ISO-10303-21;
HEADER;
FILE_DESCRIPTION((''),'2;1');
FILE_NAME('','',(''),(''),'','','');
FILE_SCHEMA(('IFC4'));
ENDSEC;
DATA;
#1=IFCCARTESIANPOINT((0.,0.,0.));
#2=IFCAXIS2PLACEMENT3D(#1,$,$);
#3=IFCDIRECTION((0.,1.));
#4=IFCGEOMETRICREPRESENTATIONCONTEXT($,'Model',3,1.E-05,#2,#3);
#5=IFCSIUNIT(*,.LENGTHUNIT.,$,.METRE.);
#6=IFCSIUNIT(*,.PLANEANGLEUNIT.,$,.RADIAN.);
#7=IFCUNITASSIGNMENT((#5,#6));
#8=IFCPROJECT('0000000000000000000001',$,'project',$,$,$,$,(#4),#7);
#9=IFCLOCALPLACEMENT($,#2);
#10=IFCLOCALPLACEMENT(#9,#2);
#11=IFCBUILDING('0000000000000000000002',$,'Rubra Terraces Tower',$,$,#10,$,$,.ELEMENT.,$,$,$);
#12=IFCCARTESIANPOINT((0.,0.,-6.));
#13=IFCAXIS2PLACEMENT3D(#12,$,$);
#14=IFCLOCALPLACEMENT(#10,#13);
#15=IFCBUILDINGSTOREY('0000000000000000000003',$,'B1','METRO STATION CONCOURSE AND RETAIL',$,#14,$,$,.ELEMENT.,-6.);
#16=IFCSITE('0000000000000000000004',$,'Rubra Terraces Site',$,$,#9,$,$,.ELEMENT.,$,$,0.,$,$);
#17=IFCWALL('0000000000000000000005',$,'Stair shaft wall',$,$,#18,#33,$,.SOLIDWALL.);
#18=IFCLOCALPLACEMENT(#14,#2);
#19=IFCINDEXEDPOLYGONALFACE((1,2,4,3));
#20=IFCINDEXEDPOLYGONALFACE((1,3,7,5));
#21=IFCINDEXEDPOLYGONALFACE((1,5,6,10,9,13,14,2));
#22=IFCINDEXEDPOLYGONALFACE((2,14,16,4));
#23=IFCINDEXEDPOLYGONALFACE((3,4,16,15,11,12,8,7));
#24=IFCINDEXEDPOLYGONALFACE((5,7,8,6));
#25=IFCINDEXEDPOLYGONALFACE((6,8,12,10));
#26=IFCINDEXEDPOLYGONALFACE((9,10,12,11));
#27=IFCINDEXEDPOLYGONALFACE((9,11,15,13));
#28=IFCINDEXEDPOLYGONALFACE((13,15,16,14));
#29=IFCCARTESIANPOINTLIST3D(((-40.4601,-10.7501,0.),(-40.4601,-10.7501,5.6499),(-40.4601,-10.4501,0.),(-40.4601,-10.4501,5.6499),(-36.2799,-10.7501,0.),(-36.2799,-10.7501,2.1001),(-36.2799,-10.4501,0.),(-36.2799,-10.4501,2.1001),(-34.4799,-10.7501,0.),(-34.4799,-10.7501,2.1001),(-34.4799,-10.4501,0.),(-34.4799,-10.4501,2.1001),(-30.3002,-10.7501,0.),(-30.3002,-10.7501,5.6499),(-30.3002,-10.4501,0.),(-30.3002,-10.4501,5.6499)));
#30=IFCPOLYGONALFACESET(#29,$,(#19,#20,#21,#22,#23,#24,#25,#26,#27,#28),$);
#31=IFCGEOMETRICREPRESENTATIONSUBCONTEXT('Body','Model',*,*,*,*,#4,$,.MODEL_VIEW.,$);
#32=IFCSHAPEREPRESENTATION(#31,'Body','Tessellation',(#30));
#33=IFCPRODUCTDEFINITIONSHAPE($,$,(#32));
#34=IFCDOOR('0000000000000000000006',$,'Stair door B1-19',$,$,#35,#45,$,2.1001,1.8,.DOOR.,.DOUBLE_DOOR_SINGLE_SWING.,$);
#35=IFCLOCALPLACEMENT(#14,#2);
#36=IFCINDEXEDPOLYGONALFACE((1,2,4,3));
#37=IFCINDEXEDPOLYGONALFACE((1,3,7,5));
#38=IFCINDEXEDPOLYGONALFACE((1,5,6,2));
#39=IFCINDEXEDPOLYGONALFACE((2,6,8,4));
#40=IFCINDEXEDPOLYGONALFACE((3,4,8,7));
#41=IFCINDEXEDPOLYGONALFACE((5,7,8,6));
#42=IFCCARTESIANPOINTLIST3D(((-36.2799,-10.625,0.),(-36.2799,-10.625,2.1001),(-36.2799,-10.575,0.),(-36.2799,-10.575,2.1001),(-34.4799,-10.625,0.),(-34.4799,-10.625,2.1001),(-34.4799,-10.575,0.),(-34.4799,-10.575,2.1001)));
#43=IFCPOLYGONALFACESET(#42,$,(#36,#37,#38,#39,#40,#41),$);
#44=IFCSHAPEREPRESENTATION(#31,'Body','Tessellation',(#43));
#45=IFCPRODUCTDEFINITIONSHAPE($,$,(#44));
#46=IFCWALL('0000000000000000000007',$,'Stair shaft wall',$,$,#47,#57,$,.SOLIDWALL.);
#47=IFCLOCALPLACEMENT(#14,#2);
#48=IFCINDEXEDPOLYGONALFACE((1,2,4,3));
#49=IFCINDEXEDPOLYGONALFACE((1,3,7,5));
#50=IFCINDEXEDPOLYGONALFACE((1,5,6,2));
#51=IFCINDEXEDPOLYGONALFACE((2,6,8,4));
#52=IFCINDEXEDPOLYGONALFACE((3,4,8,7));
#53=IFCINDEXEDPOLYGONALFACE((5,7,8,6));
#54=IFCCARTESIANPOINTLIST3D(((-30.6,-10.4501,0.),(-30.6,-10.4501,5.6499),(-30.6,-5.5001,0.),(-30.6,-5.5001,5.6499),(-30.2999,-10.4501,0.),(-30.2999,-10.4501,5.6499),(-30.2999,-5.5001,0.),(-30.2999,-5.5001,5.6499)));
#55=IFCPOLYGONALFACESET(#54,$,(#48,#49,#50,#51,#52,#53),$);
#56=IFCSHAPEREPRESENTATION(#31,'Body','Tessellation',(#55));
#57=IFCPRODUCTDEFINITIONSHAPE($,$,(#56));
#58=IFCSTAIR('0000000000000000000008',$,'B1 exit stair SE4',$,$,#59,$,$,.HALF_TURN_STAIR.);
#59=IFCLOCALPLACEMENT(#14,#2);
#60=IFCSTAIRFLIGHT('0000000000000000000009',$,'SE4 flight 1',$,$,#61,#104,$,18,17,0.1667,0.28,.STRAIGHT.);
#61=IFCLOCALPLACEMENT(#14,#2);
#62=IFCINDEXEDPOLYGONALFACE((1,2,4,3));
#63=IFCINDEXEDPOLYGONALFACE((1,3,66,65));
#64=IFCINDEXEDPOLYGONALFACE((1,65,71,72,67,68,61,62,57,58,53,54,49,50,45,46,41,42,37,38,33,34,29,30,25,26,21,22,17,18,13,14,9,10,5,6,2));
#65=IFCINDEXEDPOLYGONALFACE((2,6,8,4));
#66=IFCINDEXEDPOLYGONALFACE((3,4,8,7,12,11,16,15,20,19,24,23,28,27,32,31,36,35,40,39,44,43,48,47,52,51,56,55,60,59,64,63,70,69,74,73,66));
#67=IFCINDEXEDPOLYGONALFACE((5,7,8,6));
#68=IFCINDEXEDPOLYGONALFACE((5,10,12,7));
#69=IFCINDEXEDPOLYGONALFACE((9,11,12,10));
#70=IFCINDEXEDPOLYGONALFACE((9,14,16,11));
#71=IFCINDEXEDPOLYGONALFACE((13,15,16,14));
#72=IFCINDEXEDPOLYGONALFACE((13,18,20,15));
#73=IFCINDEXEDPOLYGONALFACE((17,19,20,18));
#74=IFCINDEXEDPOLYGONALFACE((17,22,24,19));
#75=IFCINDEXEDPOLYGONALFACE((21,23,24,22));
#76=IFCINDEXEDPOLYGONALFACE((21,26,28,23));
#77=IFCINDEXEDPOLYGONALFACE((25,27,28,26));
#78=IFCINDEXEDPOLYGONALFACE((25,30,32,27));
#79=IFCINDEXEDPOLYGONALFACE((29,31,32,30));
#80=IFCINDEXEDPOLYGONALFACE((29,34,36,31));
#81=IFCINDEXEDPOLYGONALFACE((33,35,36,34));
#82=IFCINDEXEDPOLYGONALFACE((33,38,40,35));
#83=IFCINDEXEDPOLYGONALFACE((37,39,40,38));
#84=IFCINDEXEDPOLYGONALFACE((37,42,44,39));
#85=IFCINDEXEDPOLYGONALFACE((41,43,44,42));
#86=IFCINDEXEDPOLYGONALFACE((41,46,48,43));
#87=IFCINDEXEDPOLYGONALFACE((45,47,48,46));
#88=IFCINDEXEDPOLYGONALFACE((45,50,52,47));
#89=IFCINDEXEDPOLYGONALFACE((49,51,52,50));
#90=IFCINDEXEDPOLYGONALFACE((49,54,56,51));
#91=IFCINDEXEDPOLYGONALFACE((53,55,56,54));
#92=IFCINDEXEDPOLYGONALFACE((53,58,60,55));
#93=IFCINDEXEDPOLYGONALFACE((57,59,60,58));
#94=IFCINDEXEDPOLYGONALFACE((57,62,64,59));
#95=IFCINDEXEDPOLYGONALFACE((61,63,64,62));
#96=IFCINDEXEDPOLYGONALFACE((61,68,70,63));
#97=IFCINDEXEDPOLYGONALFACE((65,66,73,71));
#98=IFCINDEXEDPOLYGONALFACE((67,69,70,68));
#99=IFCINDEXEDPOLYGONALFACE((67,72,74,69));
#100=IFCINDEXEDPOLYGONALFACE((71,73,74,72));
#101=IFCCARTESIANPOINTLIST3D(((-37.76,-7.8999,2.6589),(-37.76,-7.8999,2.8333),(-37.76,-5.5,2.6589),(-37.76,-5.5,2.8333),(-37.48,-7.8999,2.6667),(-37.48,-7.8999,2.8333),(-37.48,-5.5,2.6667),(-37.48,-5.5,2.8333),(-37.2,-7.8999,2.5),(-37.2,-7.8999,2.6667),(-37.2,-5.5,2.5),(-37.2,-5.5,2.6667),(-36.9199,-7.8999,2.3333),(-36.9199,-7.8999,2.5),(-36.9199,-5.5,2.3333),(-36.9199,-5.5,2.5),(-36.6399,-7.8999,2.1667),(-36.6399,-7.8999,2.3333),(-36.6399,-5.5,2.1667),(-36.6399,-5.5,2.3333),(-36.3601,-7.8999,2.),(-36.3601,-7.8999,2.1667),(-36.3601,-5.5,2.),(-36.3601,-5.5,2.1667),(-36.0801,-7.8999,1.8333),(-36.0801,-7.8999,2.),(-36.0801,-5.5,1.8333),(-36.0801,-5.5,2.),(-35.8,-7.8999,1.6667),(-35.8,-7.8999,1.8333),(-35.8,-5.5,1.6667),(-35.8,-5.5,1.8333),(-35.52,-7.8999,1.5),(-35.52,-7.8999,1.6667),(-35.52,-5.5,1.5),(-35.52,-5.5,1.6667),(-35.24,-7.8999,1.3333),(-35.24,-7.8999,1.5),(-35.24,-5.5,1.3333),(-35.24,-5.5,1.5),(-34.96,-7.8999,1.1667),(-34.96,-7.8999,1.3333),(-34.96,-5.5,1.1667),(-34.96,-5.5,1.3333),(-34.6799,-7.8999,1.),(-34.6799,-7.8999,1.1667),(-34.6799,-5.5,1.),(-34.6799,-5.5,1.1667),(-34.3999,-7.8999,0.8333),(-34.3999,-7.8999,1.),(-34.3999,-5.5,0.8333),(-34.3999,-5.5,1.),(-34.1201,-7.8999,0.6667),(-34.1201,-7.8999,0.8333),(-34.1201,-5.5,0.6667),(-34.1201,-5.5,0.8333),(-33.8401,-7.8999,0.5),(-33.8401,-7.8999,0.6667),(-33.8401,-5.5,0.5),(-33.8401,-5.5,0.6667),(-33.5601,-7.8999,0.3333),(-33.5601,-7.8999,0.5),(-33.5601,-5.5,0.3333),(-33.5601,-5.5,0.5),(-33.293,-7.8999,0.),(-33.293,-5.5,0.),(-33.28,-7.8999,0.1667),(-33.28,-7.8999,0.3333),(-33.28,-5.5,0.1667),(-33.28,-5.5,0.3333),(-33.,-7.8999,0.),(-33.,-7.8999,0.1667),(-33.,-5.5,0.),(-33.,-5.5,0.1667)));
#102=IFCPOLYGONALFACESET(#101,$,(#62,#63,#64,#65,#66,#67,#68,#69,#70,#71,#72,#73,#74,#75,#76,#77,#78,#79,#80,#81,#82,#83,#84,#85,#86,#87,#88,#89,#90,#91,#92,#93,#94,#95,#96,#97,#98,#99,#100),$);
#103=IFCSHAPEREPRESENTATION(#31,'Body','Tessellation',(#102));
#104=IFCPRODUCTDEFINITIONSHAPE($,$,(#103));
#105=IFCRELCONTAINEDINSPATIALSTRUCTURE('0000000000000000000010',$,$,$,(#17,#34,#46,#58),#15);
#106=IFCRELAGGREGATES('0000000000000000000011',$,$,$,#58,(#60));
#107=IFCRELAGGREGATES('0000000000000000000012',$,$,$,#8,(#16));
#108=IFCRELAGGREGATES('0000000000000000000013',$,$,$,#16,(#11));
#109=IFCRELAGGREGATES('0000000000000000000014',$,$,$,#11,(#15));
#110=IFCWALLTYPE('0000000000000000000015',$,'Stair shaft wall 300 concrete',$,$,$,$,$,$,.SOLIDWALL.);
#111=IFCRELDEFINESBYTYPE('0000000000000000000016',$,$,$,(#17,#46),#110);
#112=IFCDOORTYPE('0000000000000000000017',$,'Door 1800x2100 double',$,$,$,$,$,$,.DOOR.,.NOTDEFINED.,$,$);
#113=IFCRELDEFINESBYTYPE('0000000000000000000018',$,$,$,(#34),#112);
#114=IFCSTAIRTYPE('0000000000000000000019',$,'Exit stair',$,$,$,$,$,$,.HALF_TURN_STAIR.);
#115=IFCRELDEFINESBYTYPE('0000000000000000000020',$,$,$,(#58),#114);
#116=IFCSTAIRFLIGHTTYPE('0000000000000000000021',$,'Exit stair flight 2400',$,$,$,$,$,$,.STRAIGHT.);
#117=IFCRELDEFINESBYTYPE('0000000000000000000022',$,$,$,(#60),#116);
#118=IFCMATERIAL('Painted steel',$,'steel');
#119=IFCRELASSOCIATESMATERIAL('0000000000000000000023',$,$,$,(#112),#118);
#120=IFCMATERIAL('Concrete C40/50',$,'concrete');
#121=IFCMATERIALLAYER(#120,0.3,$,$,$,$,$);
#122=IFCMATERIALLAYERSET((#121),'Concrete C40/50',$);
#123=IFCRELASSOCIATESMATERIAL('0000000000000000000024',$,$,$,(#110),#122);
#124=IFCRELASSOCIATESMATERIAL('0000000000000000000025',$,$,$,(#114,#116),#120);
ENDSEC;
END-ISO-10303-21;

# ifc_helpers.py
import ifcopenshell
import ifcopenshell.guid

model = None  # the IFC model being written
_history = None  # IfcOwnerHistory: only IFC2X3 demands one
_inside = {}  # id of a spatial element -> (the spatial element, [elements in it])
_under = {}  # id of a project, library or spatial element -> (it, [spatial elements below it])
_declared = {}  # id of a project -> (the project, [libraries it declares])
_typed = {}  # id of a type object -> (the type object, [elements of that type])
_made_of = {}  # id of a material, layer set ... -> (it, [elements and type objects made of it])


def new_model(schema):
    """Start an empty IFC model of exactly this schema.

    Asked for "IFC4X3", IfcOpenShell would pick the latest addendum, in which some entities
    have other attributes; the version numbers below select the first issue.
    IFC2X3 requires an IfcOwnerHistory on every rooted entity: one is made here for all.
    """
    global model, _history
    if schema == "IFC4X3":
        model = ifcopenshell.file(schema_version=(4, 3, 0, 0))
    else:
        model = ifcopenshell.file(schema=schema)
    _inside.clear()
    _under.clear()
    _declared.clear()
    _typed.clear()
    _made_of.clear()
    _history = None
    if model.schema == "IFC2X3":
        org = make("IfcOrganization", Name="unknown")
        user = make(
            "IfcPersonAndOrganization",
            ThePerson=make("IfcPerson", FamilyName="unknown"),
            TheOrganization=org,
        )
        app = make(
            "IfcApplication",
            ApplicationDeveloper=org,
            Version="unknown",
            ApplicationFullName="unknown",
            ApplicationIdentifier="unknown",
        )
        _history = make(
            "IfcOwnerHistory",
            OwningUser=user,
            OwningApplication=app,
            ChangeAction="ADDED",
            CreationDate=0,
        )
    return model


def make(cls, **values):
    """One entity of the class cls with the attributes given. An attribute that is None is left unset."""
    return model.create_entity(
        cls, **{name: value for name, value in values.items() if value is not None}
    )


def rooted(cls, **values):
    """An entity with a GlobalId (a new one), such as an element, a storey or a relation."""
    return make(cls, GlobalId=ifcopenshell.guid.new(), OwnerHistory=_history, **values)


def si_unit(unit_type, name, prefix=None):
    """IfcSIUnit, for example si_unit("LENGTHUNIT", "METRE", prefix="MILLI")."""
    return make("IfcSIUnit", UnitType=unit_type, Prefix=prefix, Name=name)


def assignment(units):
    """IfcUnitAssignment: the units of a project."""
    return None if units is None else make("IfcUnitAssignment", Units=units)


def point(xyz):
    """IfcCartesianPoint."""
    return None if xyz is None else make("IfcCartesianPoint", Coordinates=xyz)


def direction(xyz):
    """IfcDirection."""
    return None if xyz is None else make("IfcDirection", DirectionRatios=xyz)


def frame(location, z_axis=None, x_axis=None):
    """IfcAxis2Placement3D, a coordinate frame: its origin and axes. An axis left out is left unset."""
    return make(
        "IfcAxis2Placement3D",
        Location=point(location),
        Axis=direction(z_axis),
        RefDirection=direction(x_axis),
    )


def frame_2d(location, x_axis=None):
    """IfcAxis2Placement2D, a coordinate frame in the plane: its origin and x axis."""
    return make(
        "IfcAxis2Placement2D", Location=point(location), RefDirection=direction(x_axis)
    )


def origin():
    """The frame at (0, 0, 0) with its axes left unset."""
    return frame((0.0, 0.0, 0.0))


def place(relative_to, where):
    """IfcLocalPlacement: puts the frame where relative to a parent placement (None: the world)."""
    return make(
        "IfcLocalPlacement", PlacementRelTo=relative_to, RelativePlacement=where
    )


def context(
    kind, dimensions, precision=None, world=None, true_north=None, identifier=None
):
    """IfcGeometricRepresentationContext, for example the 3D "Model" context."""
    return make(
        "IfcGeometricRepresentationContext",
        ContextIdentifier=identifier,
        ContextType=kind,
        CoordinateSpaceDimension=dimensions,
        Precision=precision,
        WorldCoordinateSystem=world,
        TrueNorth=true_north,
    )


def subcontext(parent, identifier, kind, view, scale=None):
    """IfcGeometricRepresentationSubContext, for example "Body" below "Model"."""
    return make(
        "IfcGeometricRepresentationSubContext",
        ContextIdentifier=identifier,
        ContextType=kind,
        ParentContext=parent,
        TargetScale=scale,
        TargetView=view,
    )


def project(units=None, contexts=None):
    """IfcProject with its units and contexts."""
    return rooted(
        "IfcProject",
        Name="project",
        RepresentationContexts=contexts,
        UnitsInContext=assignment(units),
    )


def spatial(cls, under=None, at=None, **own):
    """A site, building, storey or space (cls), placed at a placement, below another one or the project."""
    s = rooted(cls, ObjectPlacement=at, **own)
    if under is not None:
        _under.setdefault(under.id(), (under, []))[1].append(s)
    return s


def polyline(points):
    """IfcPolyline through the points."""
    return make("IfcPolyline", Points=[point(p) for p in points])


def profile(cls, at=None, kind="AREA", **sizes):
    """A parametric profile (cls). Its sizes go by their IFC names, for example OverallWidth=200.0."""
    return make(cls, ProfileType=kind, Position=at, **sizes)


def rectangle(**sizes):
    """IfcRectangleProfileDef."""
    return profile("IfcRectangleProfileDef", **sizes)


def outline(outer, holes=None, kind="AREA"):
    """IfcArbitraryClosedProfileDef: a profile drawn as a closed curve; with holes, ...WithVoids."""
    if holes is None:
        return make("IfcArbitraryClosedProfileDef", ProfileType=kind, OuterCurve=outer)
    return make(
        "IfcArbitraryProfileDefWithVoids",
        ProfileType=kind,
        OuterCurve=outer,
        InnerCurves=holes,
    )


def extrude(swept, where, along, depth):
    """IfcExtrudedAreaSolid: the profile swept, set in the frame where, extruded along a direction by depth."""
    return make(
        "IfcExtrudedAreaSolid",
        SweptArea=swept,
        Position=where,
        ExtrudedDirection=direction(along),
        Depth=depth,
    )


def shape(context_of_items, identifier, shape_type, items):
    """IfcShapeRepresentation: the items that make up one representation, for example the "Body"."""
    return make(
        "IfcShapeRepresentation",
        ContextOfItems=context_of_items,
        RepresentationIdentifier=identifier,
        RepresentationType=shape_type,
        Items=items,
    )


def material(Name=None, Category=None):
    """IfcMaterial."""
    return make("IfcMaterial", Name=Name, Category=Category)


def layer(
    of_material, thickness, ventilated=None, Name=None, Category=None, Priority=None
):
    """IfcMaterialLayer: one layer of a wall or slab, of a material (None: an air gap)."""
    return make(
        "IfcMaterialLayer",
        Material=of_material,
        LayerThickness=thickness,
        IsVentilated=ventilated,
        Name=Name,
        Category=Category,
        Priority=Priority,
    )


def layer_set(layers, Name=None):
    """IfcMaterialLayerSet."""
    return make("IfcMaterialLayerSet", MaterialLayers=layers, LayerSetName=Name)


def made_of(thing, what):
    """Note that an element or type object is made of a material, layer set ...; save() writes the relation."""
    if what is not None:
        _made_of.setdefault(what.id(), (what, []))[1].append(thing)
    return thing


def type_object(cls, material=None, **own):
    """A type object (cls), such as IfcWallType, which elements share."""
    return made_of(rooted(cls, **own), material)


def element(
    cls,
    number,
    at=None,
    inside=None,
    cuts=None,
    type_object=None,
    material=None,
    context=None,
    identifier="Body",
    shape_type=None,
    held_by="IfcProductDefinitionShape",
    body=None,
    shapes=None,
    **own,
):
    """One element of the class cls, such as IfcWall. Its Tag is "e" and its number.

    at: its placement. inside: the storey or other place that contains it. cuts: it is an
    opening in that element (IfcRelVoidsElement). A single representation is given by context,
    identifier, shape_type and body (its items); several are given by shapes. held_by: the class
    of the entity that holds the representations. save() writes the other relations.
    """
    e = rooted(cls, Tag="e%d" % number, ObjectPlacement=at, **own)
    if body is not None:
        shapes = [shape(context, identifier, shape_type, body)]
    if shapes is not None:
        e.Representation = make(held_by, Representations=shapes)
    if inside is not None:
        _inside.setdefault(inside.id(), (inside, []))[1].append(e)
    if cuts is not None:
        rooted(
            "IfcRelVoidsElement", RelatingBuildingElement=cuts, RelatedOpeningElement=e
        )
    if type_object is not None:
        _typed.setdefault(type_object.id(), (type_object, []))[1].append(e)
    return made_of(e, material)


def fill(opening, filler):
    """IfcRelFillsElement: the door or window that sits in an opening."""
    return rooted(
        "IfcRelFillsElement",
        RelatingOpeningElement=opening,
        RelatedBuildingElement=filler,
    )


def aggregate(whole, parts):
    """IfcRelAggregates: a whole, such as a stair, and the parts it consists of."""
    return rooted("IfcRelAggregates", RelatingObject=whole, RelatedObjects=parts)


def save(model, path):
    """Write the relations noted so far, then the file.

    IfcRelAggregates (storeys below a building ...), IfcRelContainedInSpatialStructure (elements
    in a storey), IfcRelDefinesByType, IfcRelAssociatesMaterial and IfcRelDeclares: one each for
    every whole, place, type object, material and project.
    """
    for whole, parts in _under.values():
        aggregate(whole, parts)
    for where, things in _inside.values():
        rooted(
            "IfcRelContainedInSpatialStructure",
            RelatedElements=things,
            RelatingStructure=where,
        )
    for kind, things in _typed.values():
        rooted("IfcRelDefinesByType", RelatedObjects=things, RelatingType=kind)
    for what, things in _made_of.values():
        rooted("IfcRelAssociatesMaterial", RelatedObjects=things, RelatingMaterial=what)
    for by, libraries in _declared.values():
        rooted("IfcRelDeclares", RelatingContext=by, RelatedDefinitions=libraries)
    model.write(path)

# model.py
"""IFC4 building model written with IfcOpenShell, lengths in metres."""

from ifc_helpers import new_model, si_unit, direction, frame, frame_2d, origin, place, context, subcontext, project, spatial, polyline, rectangle, outline, extrude, material, layer, layer_set, type_object, element, fill, aggregate, save


model = new_model("IFC4")

# Units and contexts
model_context = context("Model", 3, precision=1e-05, world=origin(), true_north=direction((0.0, 1.0)))
body_context = subcontext(model_context, "Body", "Model", "MODEL_VIEW")
ifc_project = project(units=[si_unit("LENGTHUNIT", "METRE"), si_unit("PLANEANGLEUNIT", "RADIAN")], contexts=[model_context])

# Site, building, storey
site_placement = place(None, origin())
site = spatial("IfcSite", under=ifc_project, at=site_placement, Name="Rubra Terraces Site", CompositionType="ELEMENT", RefElevation=0.0)
building_placement = place(site_placement, origin())
building = spatial("IfcBuilding", under=site, at=building_placement, Name="Rubra Terraces Tower", CompositionType="ELEMENT")
storey_placement = place(building_placement, frame((0.0, 0.0, -6.0)))
storey = spatial("IfcBuildingStorey", under=building, at=storey_placement, Name="B1", Description="METRO STATION CONCOURSE AND RETAIL", CompositionType="ELEMENT", Elevation=-6.0)

# Shared definitions
ifc_material_1 = material(Name="Concrete C40/50", Category="concrete")

# Shared definitions
ifc_material_2 = material(Name="Painted steel", Category="steel")
door_type_1 = type_object("IfcDoorType", Name="Door 1800x2100 double", OperationType="NOTDEFINED", PredefinedType="DOOR", material=ifc_material_2)

# Wall, opening, door
ifc_layer_1 = layer(ifc_material_1, 0.3)
ifc_layer_set_1 = layer_set([ifc_layer_1], Name="Concrete C40/50")
wall_type_1 = type_object("IfcWallType", Name="Stair shaft wall 300 concrete", PredefinedType="SOLIDWALL", material=ifc_layer_set_1)
wall_1_placement = place(storey_placement, frame((-30.3, -10.6001, 0.0), z_axis=(0.0, 0.0, 1.0), x_axis=(-1.0, 0.0, 0.0)))
wall_1 = element("IfcWall", 1, at=wall_1_placement, inside=storey, type_object=wall_type_1, Name="Stair shaft wall", PredefinedType="SOLIDWALL", context=body_context, shape_type="SweptSolid", body=[
    extrude(rectangle(XDim=10.1599, YDim=0.3, at=frame_2d((5.0801, 0.0))), origin(), (0.0, 0.0, 1.0), 5.6499),
])
opening_1_placement = place(wall_1_placement, frame((4.1799, 0.0, 0.0)))
opening_1 = element("IfcOpeningElement", 2, at=opening_1_placement, cuts=wall_1, PredefinedType="OPENING", context=body_context, shape_type="SweptSolid", body=[
    extrude(rectangle(XDim=1.8, YDim=2.1001, at=frame_2d((0.8999, 1.05))), frame((0.0, 0.1599, 0.0), z_axis=(0.0, -1.0, 0.0), x_axis=(1.0, 0.0, 0.0)), (0.0, 0.0, 1.0), 0.3201),
])
door_1_placement = place(opening_1_placement, origin())
door_1 = element("IfcDoor", 3, at=door_1_placement, inside=storey, type_object=door_type_1, Name="Stair door B1-19", OperationType="DOUBLE_DOOR_SINGLE_SWING", OverallHeight=2.1001, OverallWidth=1.8, PredefinedType="DOOR", context=body_context, shape_type="SweptSolid", body=[
    extrude(rectangle(XDim=1.8, YDim=2.1001, at=frame_2d((0.8999, 1.05))), frame((0.0, 0.0249, 0.0), z_axis=(0.0, -1.0, 0.0), x_axis=(1.0, 0.0, 0.0)), (0.0, 0.0, 1.0), 0.05),
])
fill(opening_1, door_1)

# Wall
wall_2_placement = place(storey_placement, frame((-30.45, -5.5, 0.0), z_axis=(0.0, 0.0, 1.0), x_axis=(0.0, -1.0, 0.0)))
element("IfcWall", 4, at=wall_2_placement, inside=storey, type_object=wall_type_1, Name="Stair shaft wall", PredefinedType="SOLIDWALL", context=body_context, shape_type="SweptSolid", body=[
    extrude(rectangle(XDim=4.95, YDim=0.3, at=frame_2d((2.4751, 0.0))), origin(), (0.0, 0.0, 1.0), 5.6499),
])

# Stair, stair flight
stair_type = type_object("IfcStairType", Name="Exit stair", PredefinedType="HALF_TURN_STAIR", material=ifc_material_1)
stair_placement = place(storey_placement, origin())
stair = element("IfcStair", 5, at=stair_placement, inside=storey, type_object=stair_type, Name="B1 exit stair SE4", PredefinedType="HALF_TURN_STAIR")
stair_flight_type = type_object("IfcStairFlightType", Name="Exit stair flight 2400", PredefinedType="STRAIGHT", material=ifc_material_1)
stair_flight_placement = place(storey_placement, frame((-33.0, -6.7, 0.0), z_axis=(0.0, 0.0, 1.0), x_axis=(-1.0, 0.0, 0.0)))
stair_flight = element("IfcStairFlight", 6, at=stair_flight_placement, type_object=stair_flight_type, Name="SE4 flight 1", NumberOfRisers=18, NumberOfTreads=17, PredefinedType="STRAIGHT", RiserHeight=0.1667, TreadLength=0.28, context=body_context, shape_type="SweptSolid", body=[
    extrude(outline(polyline([(0.0, 0.0), (0.0, 0.1667), (0.28, 0.1667), (0.28, 0.3333), (0.5601, 0.3333), (0.5601, 0.5), (0.8401, 0.5), (0.8401, 0.6667), (1.1201, 0.6667), (1.1201, 0.8333), (1.3999, 0.8333), (1.3999, 1.0), (1.6799, 1.0), (1.6799, 1.1667), (1.96, 1.1667), (1.96, 1.3333), (2.24, 1.3333), (2.24, 1.5), (2.52, 1.5), (2.52, 1.6667), (2.8, 1.6667), (2.8, 1.8333), (3.0801, 1.8333), (3.0801, 2.0), (3.3601, 2.0), (3.3601, 2.1667), (3.6399, 2.1667), (3.6399, 2.3333), (3.9199, 2.3333), (3.9199, 2.5), (4.2, 2.5), (4.2, 2.6667), (4.48, 2.6667), (4.48, 2.8333), (4.76, 2.8333), (4.76, 3.0), (4.76, 2.6589), (0.293, 0.0), (0.0, 0.0)])), frame((0.0, 1.2, 0.0), z_axis=(0.0, -1.0, 0.0), x_axis=(1.0, 0.0, 0.0)), (0.0, 0.0, 1.0), 2.3999),
])
aggregate(stair, [stair_flight])

save(model, "model.ifc")
